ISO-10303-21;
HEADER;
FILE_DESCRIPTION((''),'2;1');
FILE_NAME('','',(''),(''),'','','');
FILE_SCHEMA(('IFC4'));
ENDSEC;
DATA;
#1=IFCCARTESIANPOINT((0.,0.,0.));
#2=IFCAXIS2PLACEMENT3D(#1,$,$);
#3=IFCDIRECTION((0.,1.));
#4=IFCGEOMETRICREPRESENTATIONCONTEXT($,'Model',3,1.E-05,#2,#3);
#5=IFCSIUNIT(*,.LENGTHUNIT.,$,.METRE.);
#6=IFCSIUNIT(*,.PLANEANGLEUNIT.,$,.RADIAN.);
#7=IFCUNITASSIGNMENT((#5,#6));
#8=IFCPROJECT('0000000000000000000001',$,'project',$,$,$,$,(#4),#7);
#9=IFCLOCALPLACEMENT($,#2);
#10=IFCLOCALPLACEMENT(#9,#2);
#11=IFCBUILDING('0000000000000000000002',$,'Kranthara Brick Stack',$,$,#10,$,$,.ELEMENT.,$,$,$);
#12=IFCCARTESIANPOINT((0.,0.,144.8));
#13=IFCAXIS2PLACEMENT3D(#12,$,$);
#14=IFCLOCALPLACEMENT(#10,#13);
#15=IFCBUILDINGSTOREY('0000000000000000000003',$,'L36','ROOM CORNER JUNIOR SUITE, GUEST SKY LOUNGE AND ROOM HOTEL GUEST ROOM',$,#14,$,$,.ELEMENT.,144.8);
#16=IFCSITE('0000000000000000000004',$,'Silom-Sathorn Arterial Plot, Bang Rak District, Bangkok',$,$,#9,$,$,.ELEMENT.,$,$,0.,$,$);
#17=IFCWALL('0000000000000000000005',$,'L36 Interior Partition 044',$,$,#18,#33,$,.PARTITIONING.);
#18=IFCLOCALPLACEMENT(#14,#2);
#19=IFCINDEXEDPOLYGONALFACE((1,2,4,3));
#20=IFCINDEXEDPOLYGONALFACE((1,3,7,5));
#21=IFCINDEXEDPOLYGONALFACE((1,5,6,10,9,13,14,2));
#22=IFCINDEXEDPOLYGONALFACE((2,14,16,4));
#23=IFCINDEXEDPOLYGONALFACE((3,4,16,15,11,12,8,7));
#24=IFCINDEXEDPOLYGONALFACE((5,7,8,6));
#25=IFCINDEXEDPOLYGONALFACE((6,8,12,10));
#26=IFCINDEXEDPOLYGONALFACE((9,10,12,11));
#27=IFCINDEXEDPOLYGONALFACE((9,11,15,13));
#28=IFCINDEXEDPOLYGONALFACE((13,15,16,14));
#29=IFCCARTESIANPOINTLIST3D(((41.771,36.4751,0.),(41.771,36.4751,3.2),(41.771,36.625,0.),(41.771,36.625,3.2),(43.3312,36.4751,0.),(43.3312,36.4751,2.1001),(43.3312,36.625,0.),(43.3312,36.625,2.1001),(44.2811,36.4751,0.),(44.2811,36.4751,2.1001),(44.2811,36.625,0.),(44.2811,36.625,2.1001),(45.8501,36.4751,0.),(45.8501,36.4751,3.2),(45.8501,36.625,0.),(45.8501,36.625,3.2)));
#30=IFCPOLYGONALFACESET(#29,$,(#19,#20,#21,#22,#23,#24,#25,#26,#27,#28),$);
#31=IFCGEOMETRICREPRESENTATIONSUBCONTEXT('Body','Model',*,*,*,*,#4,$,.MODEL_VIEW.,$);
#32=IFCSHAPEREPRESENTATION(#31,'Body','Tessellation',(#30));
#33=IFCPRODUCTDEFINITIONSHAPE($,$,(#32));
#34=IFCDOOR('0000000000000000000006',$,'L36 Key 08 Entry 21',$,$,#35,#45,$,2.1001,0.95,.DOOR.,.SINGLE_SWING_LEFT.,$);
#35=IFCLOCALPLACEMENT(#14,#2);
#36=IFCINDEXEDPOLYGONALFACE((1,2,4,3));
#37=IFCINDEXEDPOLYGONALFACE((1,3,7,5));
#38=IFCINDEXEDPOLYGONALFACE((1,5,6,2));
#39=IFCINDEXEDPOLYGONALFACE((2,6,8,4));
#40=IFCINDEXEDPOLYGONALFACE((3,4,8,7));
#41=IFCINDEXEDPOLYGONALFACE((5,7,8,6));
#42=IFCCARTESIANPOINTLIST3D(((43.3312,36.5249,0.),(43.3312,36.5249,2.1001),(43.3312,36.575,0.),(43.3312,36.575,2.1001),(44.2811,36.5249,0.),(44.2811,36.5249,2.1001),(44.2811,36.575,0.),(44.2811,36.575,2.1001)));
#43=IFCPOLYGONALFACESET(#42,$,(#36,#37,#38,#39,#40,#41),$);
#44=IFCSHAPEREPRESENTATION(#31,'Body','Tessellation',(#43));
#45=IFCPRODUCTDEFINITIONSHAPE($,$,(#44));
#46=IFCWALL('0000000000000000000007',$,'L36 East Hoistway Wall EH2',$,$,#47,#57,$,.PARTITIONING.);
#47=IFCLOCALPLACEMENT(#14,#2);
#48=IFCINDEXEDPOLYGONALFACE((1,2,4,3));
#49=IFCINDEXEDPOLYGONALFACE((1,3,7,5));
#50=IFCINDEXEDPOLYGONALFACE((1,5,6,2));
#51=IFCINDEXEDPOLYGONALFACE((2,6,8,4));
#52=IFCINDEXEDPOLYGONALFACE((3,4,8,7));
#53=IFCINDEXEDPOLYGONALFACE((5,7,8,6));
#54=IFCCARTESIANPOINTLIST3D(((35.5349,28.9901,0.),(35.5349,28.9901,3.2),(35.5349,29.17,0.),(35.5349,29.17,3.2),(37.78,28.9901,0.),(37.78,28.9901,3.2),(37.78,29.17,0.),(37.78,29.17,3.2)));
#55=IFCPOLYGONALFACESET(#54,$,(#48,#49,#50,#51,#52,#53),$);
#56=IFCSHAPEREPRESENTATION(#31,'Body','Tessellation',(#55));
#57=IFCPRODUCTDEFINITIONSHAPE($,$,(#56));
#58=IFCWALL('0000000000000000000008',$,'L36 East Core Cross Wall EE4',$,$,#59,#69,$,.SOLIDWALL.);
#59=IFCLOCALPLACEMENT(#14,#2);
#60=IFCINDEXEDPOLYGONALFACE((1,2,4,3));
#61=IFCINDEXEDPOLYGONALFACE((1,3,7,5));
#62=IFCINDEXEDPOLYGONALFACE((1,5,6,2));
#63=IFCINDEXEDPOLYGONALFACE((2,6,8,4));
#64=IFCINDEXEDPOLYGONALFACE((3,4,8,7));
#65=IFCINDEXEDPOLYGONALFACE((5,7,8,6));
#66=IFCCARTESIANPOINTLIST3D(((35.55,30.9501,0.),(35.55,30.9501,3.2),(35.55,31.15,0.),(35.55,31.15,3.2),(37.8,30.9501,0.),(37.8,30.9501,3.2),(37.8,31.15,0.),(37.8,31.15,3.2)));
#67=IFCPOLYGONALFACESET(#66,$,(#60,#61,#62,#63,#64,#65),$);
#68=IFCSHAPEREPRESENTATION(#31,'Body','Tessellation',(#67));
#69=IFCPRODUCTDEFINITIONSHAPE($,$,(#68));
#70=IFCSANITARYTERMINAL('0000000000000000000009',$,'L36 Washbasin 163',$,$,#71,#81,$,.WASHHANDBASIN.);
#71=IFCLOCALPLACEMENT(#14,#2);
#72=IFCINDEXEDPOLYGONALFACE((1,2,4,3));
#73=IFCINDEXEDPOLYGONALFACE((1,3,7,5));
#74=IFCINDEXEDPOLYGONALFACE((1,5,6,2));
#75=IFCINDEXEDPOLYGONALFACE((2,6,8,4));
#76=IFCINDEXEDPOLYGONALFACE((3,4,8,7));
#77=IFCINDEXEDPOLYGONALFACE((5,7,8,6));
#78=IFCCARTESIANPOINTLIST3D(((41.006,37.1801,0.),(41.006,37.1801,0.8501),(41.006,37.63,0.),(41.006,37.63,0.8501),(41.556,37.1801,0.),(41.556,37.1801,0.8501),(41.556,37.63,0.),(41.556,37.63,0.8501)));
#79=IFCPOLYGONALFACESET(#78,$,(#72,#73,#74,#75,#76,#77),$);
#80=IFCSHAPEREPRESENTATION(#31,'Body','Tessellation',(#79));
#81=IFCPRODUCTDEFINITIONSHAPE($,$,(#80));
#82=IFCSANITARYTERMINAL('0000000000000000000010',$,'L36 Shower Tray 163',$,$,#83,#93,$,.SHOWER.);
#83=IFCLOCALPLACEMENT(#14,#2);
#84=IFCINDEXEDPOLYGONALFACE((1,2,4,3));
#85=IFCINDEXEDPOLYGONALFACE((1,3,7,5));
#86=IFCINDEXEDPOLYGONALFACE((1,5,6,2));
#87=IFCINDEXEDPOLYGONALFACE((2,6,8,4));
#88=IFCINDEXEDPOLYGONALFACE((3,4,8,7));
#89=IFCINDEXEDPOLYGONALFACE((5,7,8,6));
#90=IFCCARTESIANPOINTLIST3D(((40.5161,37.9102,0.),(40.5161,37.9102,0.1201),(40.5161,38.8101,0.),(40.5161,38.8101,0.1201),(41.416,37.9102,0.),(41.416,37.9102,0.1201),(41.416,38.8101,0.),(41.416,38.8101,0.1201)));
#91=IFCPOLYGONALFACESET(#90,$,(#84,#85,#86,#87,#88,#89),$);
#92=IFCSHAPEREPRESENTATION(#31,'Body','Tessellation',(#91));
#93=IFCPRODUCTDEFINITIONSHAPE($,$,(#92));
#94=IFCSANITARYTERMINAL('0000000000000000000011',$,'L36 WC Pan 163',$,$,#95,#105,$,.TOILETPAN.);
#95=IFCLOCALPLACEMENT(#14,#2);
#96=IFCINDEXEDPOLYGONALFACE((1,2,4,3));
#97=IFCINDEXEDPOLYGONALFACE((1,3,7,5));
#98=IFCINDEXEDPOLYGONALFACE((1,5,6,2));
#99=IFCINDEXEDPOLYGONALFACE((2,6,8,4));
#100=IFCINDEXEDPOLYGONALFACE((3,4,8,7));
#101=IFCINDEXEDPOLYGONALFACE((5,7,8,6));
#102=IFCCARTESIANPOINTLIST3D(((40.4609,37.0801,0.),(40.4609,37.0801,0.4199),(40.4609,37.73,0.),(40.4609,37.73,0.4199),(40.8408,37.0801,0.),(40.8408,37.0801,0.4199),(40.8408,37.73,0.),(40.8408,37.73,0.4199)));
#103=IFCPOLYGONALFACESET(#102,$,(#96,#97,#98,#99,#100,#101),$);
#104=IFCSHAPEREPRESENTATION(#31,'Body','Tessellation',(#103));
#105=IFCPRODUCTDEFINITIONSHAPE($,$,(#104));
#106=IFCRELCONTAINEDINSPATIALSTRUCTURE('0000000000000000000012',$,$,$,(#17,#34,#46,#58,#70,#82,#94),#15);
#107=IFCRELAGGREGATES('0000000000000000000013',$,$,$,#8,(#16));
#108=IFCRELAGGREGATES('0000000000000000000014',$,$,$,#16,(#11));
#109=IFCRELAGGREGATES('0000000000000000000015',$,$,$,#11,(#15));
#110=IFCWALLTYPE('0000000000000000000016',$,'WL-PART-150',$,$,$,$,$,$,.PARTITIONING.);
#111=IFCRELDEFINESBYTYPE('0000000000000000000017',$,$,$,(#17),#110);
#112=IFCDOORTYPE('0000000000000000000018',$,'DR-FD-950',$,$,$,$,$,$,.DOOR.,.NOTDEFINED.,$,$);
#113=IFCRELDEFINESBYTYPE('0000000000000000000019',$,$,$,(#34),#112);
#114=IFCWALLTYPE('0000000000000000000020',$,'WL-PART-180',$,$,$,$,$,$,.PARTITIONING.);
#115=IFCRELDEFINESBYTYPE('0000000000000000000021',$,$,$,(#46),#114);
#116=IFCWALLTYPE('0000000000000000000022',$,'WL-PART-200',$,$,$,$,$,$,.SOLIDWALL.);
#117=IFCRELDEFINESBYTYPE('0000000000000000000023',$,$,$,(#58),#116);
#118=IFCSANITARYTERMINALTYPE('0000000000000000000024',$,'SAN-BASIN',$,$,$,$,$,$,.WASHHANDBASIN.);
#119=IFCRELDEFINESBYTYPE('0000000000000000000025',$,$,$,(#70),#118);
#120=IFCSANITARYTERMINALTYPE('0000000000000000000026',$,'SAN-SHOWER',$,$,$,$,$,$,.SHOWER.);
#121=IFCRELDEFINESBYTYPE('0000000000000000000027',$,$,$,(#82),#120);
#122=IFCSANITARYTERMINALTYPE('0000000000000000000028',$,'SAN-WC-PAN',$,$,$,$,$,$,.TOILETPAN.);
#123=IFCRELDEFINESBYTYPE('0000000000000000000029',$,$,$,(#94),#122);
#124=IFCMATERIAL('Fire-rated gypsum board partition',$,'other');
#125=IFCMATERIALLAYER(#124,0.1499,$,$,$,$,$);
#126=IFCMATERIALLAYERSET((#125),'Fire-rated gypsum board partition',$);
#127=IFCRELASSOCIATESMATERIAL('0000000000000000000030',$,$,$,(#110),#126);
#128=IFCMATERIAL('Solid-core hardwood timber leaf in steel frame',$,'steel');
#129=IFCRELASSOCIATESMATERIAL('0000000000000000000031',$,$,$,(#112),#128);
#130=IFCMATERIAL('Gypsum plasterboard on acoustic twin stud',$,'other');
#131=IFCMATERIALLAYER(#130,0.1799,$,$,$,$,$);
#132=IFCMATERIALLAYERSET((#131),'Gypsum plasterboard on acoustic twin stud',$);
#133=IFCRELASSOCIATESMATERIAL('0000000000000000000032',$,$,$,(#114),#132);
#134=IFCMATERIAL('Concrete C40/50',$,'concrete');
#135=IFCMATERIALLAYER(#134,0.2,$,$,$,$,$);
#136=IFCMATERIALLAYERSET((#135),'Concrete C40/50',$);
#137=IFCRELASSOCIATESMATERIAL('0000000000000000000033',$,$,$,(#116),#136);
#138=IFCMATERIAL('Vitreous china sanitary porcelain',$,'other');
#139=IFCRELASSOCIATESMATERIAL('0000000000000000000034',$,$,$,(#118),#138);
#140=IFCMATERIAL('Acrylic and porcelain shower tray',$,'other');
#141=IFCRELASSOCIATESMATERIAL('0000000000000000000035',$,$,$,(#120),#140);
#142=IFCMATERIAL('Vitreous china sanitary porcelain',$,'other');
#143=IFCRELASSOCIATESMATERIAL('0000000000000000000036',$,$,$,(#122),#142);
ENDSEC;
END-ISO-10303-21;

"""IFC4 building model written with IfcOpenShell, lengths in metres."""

from ifc_helpers import new_model, si_unit, direction, frame, frame_2d, origin, origin_2d, place, context, subcontext, project, spatial, rectangle, extrude, material, layer, layer_set, type_object, element, fill, save


model = new_model("IFC4")

# Units and contexts
model_context = context("Model", 3, precision=1e-05, world=origin(), true_north=direction((0.0, 1.0)))
body_context = subcontext(model_context, "Body", "Model", "MODEL_VIEW")
ifc_project = project(units=[si_unit("LENGTHUNIT", "METRE"), si_unit("PLANEANGLEUNIT", "RADIAN")], contexts=[model_context])

# Site, building, storey
site_placement = place(None, origin())
site = spatial("IfcSite", under=ifc_project, at=site_placement, Name="Silom-Sathorn Arterial Plot, Bang Rak District, Bangkok", CompositionType="ELEMENT", RefElevation=0.0)
building_placement = place(site_placement, origin())
building = spatial("IfcBuilding", under=site, at=building_placement, Name="Kranthara Brick Stack", CompositionType="ELEMENT")
storey_placement = place(building_placement, frame((0.0, 0.0, 144.8)))
storey = spatial("IfcBuildingStorey", under=building, at=storey_placement, Name="L36", Description="ROOM CORNER JUNIOR SUITE, GUEST SKY LOUNGE AND ROOM HOTEL GUEST ROOM", CompositionType="ELEMENT", Elevation=144.8)

# Shared definitions
ifc_material_1 = material(Name="Fire-rated gypsum board partition", Category="other")
ifc_layer_1 = layer(ifc_material_1, 0.1499)
ifc_layer_set_1 = layer_set([ifc_layer_1], Name="Fire-rated gypsum board partition")
wall_type_1 = type_object("IfcWallType", Name="WL-PART-150", PredefinedType="PARTITIONING", material=ifc_layer_set_1)

# Wall, opening, door
wall_1_placement = place(storey_placement, frame((41.771, 36.55, 0.0), z_axis=(0.0, 0.0, 1.0), x_axis=(1.0, 0.0, 0.0)))
wall_1 = element("IfcWall", 1, at=wall_1_placement, inside=storey, type_object=wall_type_1, Name="L36 Interior Partition 044", PredefinedType="PARTITIONING", context=body_context, shape_type="SweptSolid", body=[
    extrude(rectangle(XDim=4.0791, YDim=0.1499, at=frame_2d((2.0396, 0.0))), origin(), (0.0, 0.0, 1.0), 3.2),
])
opening_1_placement = place(wall_1_placement, frame((1.5601, 0.0, 0.0)))
opening_1 = element("IfcOpeningElement", 2, at=opening_1_placement, cuts=wall_1, PredefinedType="OPENING", context=body_context, shape_type="SweptSolid", body=[
    extrude(rectangle(XDim=0.95, YDim=2.1001, at=frame_2d((0.4751, 1.05))), frame((0.0, 0.085, 0.0), z_axis=(0.0, -1.0, 0.0), x_axis=(1.0, 0.0, 0.0)), (0.0, 0.0, 1.0), 0.1699),
])
ifc_material_2 = material(Name="Solid-core hardwood timber leaf in steel frame", Category="steel")
door_type_1 = type_object("IfcDoorType", Name="DR-FD-950", OperationType="NOTDEFINED", PredefinedType="DOOR", material=ifc_material_2)
door_1_placement = place(opening_1_placement, origin())
door_1 = element("IfcDoor", 3, at=door_1_placement, inside=storey, type_object=door_type_1, Name="L36 Key 08 Entry 21", OperationType="SINGLE_SWING_LEFT", OverallHeight=2.1001, OverallWidth=0.95, PredefinedType="DOOR", context=body_context, shape_type="SweptSolid", body=[
    extrude(rectangle(XDim=0.95, YDim=2.1001, at=frame_2d((0.4751, 1.05))), frame((0.0, 0.0249, 0.0), z_axis=(0.0, -1.0, 0.0), x_axis=(1.0, 0.0, 0.0)), (0.0, 0.0, 1.0), 0.05),
])
fill(opening_1, door_1)

# Walls
ifc_material_3 = material(Name="Gypsum plasterboard on acoustic twin stud", Category="other")
ifc_layer_2 = layer(ifc_material_3, 0.1799)
ifc_layer_set_2 = layer_set([ifc_layer_2], Name="Gypsum plasterboard on acoustic twin stud")
wall_type_2 = type_object("IfcWallType", Name="WL-PART-180", PredefinedType="PARTITIONING", material=ifc_layer_set_2)
wall_2_placement = place(storey_placement, frame((35.5349, 29.0801, 0.0), z_axis=(0.0, 0.0, 1.0), x_axis=(1.0, 0.0, 0.0)))
element("IfcWall", 4, at=wall_2_placement, inside=storey, type_object=wall_type_2, Name="L36 East Hoistway Wall EH2", PredefinedType="PARTITIONING", context=body_context, shape_type="SweptSolid", body=[
    extrude(rectangle(XDim=2.2451, YDim=0.1799, at=frame_2d((1.1226, 0.0))), origin(), (0.0, 0.0, 1.0), 3.2),
])
ifc_material_4 = material(Name="Concrete C40/50", Category="concrete")
ifc_layer_3 = layer(ifc_material_4, 0.2)
ifc_layer_set_3 = layer_set([ifc_layer_3], Name="Concrete C40/50")
wall_type_3 = type_object("IfcWallType", Name="WL-PART-200", PredefinedType="SOLIDWALL", material=ifc_layer_set_3)
wall_3_placement = place(storey_placement, frame((35.55, 31.05, 0.0), z_axis=(0.0, 0.0, 1.0), x_axis=(1.0, 0.0, 0.0)))
element("IfcWall", 5, at=wall_3_placement, inside=storey, type_object=wall_type_3, Name="L36 East Core Cross Wall EE4", PredefinedType="SOLIDWALL", context=body_context, shape_type="SweptSolid", body=[
    extrude(rectangle(XDim=2.25, YDim=0.2, at=frame_2d((1.125, 0.0))), origin(), (0.0, 0.0, 1.0), 3.2),
])

# Sanitary terminals
ifc_material_5 = material(Name="Vitreous china sanitary porcelain", Category="other")
sanitary_terminal_type_1 = type_object("IfcSanitaryTerminalType", Name="SAN-BASIN", PredefinedType="WASHHANDBASIN", material=ifc_material_5)
sanitary_terminal_1_placement = place(storey_placement, frame((41.281, 37.405, 0.0), z_axis=(0.0, 0.0, 1.0), x_axis=(1.0, 0.0, 0.0)))
element("IfcSanitaryTerminal", 6, at=sanitary_terminal_1_placement, inside=storey, type_object=sanitary_terminal_type_1, Name="L36 Washbasin 163", PredefinedType="WASHHANDBASIN", context=body_context, shape_type="SweptSolid", body=[
    extrude(rectangle(XDim=0.55, YDim=0.45, at=origin_2d()), origin(), (0.0, 0.0, 1.0), 0.8501),
])
ifc_material_6 = material(Name="Acrylic and porcelain shower tray", Category="other")
sanitary_terminal_type_2 = type_object("IfcSanitaryTerminalType", Name="SAN-SHOWER", PredefinedType="SHOWER", material=ifc_material_6)
sanitary_terminal_2_placement = place(storey_placement, frame((40.9661, 38.3601, 0.0), z_axis=(0.0, 0.0, 1.0), x_axis=(1.0, 0.0, 0.0)))
element("IfcSanitaryTerminal", 7, at=sanitary_terminal_2_placement, inside=storey, type_object=sanitary_terminal_type_2, Name="L36 Shower Tray 163", PredefinedType="SHOWER", context=body_context, shape_type="SweptSolid", body=[
    extrude(rectangle(XDim=0.8999, YDim=0.8999, at=origin_2d()), origin(), (0.0, 0.0, 1.0), 0.1201),
])
ifc_material_7 = material(Name="Vitreous china sanitary porcelain", Category="other")
sanitary_terminal_type_3 = type_object("IfcSanitaryTerminalType", Name="SAN-WC-PAN", PredefinedType="TOILETPAN", material=ifc_material_7)
sanitary_terminal_3_placement = place(storey_placement, frame((40.6509, 37.405, 0.0), z_axis=(0.0, 0.0, 1.0), x_axis=(1.0, 0.0, 0.0)))
element("IfcSanitaryTerminal", 8, at=sanitary_terminal_3_placement, inside=storey, type_object=sanitary_terminal_type_3, Name="L36 WC Pan 163", PredefinedType="TOILETPAN", context=body_context, shape_type="SweptSolid", body=[
    extrude(rectangle(XDim=0.3799, YDim=0.6499, at=origin_2d()), origin(), (0.0, 0.0, 1.0), 0.4199),
])

save(model, "model.ifc")
